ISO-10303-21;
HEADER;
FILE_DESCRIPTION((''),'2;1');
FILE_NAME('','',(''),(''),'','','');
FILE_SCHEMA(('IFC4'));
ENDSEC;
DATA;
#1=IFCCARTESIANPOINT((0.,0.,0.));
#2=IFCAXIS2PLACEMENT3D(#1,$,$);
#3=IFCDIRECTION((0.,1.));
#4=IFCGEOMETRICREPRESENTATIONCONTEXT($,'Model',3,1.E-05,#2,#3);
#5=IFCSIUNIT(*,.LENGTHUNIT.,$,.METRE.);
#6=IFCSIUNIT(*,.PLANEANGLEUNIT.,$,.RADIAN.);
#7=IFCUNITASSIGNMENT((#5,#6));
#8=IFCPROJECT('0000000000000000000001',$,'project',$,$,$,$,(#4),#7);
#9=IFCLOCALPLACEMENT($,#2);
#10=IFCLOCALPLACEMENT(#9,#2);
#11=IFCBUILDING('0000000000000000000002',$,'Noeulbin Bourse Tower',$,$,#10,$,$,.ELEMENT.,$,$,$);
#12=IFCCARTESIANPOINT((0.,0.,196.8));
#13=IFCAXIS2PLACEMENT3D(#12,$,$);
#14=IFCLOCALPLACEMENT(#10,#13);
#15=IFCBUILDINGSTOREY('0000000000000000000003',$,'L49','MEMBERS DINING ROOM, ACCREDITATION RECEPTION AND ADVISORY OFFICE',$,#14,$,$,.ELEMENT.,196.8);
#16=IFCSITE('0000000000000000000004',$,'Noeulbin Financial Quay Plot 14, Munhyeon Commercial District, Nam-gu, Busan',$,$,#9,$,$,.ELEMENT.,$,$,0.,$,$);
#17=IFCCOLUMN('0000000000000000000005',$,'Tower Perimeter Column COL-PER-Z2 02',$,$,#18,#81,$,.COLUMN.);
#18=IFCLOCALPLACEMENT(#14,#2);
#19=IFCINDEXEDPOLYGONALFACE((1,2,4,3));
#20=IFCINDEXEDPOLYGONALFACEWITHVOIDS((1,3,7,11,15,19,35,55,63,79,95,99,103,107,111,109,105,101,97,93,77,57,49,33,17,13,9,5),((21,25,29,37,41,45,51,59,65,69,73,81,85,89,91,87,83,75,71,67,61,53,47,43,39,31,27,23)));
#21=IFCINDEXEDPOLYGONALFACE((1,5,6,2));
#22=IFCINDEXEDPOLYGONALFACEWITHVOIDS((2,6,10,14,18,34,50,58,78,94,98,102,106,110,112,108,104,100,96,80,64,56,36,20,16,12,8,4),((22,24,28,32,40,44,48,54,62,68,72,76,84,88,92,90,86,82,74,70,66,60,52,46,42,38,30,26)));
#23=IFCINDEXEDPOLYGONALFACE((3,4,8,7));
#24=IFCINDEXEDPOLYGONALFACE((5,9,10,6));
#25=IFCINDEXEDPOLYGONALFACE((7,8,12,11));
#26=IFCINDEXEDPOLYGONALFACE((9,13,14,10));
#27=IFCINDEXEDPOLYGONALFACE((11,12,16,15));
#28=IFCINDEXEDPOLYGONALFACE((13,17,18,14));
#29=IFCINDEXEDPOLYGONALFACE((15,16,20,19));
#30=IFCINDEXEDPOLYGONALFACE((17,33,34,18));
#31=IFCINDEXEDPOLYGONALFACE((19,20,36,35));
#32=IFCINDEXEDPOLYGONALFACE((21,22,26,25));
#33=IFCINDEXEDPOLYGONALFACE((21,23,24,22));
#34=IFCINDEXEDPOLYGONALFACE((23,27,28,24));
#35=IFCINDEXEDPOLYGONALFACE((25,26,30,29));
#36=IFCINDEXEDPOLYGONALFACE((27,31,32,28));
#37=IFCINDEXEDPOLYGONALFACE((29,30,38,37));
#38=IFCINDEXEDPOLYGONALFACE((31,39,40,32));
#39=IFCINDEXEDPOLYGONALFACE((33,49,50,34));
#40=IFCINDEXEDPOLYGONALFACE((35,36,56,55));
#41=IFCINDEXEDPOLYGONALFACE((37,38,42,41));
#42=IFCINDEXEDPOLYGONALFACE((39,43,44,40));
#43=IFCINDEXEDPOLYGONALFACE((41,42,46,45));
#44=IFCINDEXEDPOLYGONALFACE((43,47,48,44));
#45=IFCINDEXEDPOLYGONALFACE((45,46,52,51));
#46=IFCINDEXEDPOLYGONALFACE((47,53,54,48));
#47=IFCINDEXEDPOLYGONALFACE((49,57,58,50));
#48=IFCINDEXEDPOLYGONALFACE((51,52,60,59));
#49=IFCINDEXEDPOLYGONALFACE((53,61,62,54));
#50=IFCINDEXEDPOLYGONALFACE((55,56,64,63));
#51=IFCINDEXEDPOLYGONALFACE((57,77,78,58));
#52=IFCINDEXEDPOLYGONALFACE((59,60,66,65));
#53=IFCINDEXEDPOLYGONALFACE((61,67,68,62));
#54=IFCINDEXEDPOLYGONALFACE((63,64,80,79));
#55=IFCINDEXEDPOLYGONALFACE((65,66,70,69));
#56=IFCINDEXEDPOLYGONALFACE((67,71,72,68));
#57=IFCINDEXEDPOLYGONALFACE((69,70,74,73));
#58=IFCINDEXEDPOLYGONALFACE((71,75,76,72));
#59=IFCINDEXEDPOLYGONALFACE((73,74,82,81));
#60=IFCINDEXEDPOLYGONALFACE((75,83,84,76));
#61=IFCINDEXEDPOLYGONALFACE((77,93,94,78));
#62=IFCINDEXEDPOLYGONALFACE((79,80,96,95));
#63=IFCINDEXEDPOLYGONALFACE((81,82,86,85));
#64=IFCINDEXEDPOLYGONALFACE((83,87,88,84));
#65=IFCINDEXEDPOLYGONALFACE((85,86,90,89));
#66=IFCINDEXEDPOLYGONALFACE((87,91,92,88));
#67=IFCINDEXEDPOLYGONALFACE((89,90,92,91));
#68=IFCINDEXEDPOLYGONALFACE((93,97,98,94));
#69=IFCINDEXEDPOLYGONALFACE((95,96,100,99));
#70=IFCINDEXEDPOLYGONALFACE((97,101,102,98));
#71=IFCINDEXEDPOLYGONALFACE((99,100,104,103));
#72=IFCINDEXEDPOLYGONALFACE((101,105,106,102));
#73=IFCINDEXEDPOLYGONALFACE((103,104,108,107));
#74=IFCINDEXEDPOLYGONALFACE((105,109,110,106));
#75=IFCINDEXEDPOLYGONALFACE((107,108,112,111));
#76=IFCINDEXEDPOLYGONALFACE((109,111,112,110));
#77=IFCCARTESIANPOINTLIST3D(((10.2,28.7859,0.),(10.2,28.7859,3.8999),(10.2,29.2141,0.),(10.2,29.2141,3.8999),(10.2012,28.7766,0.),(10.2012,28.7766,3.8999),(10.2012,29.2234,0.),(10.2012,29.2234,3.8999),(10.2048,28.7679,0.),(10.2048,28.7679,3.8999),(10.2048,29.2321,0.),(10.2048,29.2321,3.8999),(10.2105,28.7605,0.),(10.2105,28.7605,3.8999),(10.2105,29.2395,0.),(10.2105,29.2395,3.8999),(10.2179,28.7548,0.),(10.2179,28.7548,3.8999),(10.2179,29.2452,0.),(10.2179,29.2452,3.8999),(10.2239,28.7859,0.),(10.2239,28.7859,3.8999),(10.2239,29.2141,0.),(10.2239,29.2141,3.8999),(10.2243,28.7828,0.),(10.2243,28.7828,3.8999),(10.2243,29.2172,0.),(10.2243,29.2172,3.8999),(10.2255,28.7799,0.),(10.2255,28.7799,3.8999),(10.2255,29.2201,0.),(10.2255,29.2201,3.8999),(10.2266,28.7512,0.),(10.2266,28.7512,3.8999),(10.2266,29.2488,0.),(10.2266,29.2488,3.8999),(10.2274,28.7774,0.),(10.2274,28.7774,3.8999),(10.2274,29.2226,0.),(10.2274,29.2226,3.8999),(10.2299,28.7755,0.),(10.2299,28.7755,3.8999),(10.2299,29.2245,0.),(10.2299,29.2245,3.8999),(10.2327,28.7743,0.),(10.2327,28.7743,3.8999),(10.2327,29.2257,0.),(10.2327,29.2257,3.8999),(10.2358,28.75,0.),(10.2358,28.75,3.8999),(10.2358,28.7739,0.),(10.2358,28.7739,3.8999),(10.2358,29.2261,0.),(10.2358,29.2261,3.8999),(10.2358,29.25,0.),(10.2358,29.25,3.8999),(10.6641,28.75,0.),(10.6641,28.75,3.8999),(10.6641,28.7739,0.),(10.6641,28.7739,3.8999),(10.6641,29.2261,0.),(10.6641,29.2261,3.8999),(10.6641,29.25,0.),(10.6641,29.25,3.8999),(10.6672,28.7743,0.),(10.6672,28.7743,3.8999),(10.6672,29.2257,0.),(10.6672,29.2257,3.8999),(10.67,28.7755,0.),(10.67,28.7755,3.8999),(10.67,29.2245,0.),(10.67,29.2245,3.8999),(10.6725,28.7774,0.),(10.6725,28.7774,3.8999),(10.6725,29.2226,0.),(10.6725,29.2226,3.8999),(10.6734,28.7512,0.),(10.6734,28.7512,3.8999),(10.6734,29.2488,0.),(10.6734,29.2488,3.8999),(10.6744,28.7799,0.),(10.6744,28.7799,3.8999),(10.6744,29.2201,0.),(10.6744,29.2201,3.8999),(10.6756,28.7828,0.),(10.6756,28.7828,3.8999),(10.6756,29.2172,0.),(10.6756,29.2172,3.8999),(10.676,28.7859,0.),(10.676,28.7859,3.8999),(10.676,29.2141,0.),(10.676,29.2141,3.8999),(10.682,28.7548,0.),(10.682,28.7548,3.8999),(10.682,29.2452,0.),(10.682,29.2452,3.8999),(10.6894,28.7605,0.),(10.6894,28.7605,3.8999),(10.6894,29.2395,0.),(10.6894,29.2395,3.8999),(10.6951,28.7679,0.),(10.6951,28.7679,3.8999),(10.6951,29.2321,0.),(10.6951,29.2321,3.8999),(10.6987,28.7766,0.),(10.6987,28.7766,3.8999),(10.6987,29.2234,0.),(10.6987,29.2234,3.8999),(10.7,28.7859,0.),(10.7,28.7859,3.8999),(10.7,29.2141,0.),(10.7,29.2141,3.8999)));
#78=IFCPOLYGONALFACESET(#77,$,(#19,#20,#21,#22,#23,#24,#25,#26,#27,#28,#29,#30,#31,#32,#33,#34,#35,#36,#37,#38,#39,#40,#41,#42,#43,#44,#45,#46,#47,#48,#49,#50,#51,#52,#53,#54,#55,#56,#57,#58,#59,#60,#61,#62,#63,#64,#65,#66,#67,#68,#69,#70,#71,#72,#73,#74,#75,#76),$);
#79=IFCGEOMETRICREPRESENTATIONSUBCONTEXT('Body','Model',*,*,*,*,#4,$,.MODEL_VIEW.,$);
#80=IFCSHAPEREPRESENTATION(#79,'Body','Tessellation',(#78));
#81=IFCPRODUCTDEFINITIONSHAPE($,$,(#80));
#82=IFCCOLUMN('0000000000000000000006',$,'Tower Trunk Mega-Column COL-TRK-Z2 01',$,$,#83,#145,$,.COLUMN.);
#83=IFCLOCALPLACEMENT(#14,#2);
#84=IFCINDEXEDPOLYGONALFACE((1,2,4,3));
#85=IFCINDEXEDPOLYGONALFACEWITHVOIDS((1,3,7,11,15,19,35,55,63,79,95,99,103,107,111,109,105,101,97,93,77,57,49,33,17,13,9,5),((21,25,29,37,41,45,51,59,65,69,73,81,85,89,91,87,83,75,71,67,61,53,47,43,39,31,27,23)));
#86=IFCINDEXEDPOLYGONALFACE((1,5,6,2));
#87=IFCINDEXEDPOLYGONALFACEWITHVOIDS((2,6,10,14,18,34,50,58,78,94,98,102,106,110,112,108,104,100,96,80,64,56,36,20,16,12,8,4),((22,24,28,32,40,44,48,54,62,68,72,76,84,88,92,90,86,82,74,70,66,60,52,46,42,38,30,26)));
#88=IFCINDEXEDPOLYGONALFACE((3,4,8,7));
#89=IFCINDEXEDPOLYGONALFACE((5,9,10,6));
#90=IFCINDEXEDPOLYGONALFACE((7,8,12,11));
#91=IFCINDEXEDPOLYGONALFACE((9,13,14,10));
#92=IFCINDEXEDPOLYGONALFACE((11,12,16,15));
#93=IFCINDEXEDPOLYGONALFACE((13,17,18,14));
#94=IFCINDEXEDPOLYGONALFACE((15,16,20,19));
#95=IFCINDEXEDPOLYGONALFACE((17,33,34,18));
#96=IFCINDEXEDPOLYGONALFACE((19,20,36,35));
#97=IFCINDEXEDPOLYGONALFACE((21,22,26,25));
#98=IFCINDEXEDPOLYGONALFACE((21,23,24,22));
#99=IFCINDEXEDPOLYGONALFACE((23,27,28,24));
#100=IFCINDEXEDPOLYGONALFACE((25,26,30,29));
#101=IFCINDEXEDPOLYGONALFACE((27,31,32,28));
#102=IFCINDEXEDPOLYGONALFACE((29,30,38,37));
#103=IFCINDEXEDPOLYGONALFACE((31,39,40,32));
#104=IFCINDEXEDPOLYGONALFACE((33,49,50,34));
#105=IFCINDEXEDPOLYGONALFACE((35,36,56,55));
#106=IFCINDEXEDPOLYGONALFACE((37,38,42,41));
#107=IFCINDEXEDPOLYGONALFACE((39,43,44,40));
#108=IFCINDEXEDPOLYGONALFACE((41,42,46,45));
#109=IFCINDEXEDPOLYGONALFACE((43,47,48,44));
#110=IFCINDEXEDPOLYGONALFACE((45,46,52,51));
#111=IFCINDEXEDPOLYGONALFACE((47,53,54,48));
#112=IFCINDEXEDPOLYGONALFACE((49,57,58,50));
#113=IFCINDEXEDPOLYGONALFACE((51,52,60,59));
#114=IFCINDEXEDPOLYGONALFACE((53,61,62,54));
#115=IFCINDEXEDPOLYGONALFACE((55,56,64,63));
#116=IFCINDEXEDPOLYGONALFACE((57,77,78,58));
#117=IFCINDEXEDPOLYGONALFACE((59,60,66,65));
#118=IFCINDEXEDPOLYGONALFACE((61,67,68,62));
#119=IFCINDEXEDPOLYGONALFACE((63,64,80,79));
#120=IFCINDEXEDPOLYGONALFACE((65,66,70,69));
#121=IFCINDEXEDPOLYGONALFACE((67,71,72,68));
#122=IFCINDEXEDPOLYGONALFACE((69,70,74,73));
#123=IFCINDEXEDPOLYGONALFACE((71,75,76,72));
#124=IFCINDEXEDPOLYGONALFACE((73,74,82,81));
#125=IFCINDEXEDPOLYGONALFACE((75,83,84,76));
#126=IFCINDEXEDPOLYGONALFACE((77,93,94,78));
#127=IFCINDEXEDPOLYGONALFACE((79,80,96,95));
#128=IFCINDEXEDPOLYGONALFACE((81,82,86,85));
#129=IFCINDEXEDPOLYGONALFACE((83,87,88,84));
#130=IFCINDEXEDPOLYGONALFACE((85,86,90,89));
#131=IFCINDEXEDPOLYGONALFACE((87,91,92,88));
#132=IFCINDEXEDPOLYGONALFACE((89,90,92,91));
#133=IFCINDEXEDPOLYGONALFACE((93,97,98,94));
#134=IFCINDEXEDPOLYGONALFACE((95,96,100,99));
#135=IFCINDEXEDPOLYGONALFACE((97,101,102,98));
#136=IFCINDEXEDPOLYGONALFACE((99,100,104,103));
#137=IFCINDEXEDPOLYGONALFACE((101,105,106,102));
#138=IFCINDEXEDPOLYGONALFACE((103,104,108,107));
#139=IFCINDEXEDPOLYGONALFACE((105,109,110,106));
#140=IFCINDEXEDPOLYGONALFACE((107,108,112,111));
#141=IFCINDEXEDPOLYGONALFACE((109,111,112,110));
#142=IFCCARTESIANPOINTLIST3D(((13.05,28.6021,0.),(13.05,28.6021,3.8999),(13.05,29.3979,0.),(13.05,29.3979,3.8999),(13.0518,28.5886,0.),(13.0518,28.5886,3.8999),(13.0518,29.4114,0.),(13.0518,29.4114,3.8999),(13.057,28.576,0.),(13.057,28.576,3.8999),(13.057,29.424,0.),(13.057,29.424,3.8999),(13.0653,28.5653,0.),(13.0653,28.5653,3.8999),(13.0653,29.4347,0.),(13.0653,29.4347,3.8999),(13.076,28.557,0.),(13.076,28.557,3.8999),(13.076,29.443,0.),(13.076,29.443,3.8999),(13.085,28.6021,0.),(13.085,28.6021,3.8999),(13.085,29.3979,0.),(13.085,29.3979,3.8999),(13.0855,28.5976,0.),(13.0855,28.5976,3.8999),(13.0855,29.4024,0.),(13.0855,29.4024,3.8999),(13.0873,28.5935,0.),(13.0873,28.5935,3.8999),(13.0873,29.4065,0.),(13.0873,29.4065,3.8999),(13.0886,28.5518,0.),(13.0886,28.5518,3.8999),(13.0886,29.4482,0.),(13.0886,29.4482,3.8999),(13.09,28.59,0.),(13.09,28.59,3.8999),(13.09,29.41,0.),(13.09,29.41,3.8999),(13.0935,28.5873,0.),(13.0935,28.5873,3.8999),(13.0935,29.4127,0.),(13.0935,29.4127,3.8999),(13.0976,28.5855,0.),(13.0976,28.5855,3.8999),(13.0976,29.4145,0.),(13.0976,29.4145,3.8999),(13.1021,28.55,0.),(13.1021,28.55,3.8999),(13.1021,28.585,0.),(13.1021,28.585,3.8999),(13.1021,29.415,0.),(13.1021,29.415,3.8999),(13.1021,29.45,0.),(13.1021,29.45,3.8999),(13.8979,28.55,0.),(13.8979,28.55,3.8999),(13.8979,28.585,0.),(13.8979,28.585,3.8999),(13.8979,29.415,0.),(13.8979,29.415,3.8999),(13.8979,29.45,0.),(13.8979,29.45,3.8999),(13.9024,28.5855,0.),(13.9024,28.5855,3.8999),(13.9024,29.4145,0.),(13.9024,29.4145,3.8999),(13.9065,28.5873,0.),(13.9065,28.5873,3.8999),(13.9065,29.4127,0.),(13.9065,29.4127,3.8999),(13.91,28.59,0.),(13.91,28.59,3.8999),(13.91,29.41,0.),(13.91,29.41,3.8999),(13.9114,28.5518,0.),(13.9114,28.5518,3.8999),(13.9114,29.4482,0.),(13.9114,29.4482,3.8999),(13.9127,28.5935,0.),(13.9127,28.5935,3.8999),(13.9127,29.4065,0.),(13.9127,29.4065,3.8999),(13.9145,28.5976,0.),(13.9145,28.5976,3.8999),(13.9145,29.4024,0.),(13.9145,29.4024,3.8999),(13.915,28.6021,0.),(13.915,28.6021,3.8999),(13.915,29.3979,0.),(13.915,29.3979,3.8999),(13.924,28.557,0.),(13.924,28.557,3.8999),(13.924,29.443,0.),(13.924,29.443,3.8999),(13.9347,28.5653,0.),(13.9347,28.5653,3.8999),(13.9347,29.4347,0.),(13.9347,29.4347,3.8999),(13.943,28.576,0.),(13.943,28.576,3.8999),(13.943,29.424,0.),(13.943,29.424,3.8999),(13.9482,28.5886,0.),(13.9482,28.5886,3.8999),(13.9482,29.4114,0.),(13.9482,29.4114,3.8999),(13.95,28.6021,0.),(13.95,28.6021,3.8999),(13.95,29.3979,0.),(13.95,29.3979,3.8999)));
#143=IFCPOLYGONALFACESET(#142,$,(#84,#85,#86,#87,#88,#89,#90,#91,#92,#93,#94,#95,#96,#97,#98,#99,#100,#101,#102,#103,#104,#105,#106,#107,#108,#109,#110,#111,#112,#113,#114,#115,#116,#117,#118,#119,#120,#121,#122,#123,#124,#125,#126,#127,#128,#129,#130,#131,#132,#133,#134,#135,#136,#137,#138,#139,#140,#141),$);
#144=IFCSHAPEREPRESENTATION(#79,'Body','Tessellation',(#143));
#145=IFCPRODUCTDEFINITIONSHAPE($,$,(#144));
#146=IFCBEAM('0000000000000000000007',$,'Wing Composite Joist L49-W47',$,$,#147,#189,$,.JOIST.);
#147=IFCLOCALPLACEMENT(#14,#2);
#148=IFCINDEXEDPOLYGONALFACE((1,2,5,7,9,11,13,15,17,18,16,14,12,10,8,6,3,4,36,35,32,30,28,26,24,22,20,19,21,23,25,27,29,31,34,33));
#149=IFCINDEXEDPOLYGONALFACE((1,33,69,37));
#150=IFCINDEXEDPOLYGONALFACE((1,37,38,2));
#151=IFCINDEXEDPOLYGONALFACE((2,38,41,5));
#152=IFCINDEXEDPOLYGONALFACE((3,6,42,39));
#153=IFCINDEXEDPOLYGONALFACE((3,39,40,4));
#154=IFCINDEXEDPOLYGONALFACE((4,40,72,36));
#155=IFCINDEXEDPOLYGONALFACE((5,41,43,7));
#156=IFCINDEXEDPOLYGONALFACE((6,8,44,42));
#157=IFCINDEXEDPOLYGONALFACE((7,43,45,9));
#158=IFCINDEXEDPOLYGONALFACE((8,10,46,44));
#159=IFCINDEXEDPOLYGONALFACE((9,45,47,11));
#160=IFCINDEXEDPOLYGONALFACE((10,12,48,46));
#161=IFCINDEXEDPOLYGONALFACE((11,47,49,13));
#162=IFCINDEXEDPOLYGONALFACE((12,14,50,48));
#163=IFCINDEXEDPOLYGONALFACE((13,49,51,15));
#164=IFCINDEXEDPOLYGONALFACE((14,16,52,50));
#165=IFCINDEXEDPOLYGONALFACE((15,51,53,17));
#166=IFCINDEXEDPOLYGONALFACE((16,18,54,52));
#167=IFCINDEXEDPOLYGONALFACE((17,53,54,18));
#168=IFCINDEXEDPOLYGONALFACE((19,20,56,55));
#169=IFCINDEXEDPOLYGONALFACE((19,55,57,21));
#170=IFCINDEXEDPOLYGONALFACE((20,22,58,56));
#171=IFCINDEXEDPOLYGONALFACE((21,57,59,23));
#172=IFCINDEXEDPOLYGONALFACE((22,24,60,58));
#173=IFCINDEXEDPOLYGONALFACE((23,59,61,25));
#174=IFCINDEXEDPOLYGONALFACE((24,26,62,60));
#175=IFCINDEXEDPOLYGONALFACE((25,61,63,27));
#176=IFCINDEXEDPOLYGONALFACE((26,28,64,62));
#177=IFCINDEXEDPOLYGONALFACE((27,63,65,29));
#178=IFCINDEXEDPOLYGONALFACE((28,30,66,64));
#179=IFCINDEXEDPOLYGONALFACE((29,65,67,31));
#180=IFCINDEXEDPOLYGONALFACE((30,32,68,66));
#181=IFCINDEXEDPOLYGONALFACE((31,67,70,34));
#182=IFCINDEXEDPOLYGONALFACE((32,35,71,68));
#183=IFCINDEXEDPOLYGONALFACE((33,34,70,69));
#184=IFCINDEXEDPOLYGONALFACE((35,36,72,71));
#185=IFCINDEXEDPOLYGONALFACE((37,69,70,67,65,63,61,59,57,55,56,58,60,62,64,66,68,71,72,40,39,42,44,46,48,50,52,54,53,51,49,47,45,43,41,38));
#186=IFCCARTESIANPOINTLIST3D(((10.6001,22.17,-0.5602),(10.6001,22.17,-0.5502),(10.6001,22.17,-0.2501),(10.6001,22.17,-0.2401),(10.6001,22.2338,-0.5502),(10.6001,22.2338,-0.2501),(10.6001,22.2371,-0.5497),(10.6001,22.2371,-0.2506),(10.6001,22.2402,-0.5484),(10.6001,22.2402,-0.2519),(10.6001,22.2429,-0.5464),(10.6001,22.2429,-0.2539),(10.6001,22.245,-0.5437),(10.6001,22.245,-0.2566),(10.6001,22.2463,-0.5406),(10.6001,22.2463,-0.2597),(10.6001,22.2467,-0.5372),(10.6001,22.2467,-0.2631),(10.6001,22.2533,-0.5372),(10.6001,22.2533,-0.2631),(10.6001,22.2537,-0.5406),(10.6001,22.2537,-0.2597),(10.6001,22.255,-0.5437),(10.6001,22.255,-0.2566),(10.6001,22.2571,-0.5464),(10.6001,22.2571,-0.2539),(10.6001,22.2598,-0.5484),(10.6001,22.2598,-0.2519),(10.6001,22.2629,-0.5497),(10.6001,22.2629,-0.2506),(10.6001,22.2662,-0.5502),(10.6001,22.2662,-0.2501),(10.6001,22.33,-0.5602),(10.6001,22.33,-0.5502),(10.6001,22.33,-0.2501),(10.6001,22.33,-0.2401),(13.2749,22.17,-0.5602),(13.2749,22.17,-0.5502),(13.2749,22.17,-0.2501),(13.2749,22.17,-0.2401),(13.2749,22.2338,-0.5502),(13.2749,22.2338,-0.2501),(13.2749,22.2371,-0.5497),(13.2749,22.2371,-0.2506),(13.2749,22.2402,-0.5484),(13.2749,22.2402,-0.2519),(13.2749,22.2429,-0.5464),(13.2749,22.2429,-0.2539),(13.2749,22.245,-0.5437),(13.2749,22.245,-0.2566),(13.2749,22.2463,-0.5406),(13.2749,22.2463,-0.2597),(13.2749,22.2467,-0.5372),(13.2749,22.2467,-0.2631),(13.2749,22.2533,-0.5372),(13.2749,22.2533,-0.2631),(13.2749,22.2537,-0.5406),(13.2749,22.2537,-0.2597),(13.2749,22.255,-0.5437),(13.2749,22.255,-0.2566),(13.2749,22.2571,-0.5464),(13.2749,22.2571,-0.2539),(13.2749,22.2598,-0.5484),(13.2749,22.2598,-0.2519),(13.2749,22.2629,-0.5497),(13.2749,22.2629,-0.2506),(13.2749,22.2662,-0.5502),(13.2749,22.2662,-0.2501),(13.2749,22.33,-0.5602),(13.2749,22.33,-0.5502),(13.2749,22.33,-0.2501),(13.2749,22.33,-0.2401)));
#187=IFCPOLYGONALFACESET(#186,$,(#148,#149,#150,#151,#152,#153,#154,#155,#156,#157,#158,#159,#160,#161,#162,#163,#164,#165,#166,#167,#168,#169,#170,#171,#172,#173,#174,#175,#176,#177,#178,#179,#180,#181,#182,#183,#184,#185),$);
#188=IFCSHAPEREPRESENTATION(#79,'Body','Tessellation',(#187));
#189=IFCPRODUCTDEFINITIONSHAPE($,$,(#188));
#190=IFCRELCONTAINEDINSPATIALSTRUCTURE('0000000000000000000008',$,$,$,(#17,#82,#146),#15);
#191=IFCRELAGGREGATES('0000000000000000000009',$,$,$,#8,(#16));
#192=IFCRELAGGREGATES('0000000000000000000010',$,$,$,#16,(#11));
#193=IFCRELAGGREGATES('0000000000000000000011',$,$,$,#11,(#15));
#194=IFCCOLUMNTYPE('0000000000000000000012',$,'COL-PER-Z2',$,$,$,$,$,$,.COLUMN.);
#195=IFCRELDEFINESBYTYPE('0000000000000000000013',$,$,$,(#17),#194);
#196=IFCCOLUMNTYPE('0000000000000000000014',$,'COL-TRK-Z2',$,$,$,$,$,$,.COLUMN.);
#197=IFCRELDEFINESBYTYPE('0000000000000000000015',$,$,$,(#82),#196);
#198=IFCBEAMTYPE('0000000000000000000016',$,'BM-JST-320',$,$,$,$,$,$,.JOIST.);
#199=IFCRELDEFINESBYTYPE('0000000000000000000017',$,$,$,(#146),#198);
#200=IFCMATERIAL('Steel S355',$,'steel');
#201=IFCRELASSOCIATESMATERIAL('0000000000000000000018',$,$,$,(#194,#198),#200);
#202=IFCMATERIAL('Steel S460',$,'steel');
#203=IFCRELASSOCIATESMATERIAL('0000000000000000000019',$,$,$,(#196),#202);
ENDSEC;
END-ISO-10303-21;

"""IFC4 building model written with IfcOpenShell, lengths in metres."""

from ifc_helpers import new_model, si_unit, direction, frame, origin, origin_2d, place, context, subcontext, project, spatial, hollow_rectangle, i_section, extrude, material, material_profile, profile_set, type_object, element, save


model = new_model("IFC4")

# Units and contexts
model_context = context("Model", 3, precision=1e-05, world=origin(), true_north=direction((0.0, 1.0)))
body_context = subcontext(model_context, "Body", "Model", "MODEL_VIEW")
ifc_project = project(units=[si_unit("LENGTHUNIT", "METRE"), si_unit("PLANEANGLEUNIT", "RADIAN")], contexts=[model_context])

# Site, building, storey
site_placement = place(None, origin())
site = spatial("IfcSite", under=ifc_project, at=site_placement, Name="Noeulbin Financial Quay Plot 14, Munhyeon Commercial District, Nam-gu, Busan", CompositionType="ELEMENT", RefElevation=0.0)
building_placement = place(site_placement, origin())
building = spatial("IfcBuilding", under=site, at=building_placement, Name="Noeulbin Bourse Tower", CompositionType="ELEMENT")
storey_placement = place(building_placement, frame((0.0, 0.0, 196.8)))
storey = spatial("IfcBuildingStorey", under=building, at=storey_placement, Name="L49", Description="MEMBERS DINING ROOM, ACCREDITATION RECEPTION AND ADVISORY OFFICE", CompositionType="ELEMENT", Elevation=196.8)

# Columns
ifc_material_1 = material(Name="Steel S355", Category="steel")
ifc_material_profile_1 = material_profile(ifc_material_1, hollow_rectangle(XDim=0.5, YDim=0.5, WallThickness=0.0239, InnerFilletRadius=0.012, OuterFilletRadius=0.0359, at=origin_2d()), Name="BOX-500x500x24", Category="LoadBearing")
ifc_profile_set_1 = profile_set([ifc_material_profile_1], Name="Steel S355")
column_type_1 = type_object("IfcColumnType", Name="COL-PER-Z2", PredefinedType="COLUMN", material=ifc_profile_set_1)
column_1_placement = place(storey_placement, frame((10.45, 29.0, 0.0), z_axis=(0.0, 0.0, 1.0), x_axis=(1.0, 0.0, 0.0)))
element("IfcColumn", 1, at=column_1_placement, inside=storey, type_object=column_type_1, Name="Tower Perimeter Column COL-PER-Z2 02", PredefinedType="COLUMN", context=body_context, shape_type="SweptSolid", body=[
    extrude(hollow_rectangle(XDim=0.5, YDim=0.5, WallThickness=0.0239, InnerFilletRadius=0.012, OuterFilletRadius=0.0359, at=origin_2d()), origin(), (0.0, 0.0, 1.0), 3.8999),
])
ifc_material_2 = material(Name="Steel S460", Category="steel")
ifc_material_profile_2 = material_profile(ifc_material_2, hollow_rectangle(XDim=0.8999, YDim=0.8999, WallThickness=0.0349, InnerFilletRadius=0.0171, OuterFilletRadius=0.052, at=origin_2d()), Name="BOX-900x900x35", Category="LoadBearing")
ifc_profile_set_2 = profile_set([ifc_material_profile_2], Name="Steel S460")
column_type_2 = type_object("IfcColumnType", Name="COL-TRK-Z2", PredefinedType="COLUMN", material=ifc_profile_set_2)
column_2_placement = place(storey_placement, frame((13.5, 29.0, 0.0), z_axis=(0.0, 0.0, 1.0), x_axis=(1.0, 0.0, 0.0)))
element("IfcColumn", 2, at=column_2_placement, inside=storey, type_object=column_type_2, Name="Tower Trunk Mega-Column COL-TRK-Z2 01", PredefinedType="COLUMN", context=body_context, shape_type="SweptSolid", body=[
    extrude(hollow_rectangle(XDim=0.8999, YDim=0.8999, WallThickness=0.0349, InnerFilletRadius=0.0171, OuterFilletRadius=0.052, at=origin_2d()), origin(), (0.0, 0.0, 1.0), 3.8999),
])

# Beam
ifc_material_profile_3 = material_profile(ifc_material_1, i_section(OverallWidth=0.1599, OverallDepth=0.3201, WebThickness=0.0066, FlangeThickness=0.01, FilletRadius=0.0129, at=origin_2d()), Name="H-320x160x6.5x10", Category="LoadBearing")
ifc_profile_set_3 = profile_set([ifc_material_profile_3], Name="Steel S355")
beam_type_1 = type_object("IfcBeamType", Name="BM-JST-320", PredefinedType="JOIST", material=ifc_profile_set_3)
for number, where, z_axis, x_axis, name in (
    (3, (10.6001, 22.25, -0.4001), (1.0, 0.0, 0.0), (0.0, 1.0, 0.0), "Wing Composite Joist L49-W47"),
):
    element("IfcBeam", number, at=place(storey_placement, frame(where, z_axis=z_axis, x_axis=x_axis)), inside=storey, type_object=beam_type_1, Name=name, PredefinedType="JOIST", context=body_context, shape_type="SweptSolid", body=[
        extrude(i_section(OverallWidth=0.1599, OverallDepth=0.3201, WebThickness=0.0066, FlangeThickness=0.01, FilletRadius=0.0129, at=origin_2d()), origin(), (0.0, 0.0, 1.0), 2.6748),
    ])

save(model, "model.ifc")
